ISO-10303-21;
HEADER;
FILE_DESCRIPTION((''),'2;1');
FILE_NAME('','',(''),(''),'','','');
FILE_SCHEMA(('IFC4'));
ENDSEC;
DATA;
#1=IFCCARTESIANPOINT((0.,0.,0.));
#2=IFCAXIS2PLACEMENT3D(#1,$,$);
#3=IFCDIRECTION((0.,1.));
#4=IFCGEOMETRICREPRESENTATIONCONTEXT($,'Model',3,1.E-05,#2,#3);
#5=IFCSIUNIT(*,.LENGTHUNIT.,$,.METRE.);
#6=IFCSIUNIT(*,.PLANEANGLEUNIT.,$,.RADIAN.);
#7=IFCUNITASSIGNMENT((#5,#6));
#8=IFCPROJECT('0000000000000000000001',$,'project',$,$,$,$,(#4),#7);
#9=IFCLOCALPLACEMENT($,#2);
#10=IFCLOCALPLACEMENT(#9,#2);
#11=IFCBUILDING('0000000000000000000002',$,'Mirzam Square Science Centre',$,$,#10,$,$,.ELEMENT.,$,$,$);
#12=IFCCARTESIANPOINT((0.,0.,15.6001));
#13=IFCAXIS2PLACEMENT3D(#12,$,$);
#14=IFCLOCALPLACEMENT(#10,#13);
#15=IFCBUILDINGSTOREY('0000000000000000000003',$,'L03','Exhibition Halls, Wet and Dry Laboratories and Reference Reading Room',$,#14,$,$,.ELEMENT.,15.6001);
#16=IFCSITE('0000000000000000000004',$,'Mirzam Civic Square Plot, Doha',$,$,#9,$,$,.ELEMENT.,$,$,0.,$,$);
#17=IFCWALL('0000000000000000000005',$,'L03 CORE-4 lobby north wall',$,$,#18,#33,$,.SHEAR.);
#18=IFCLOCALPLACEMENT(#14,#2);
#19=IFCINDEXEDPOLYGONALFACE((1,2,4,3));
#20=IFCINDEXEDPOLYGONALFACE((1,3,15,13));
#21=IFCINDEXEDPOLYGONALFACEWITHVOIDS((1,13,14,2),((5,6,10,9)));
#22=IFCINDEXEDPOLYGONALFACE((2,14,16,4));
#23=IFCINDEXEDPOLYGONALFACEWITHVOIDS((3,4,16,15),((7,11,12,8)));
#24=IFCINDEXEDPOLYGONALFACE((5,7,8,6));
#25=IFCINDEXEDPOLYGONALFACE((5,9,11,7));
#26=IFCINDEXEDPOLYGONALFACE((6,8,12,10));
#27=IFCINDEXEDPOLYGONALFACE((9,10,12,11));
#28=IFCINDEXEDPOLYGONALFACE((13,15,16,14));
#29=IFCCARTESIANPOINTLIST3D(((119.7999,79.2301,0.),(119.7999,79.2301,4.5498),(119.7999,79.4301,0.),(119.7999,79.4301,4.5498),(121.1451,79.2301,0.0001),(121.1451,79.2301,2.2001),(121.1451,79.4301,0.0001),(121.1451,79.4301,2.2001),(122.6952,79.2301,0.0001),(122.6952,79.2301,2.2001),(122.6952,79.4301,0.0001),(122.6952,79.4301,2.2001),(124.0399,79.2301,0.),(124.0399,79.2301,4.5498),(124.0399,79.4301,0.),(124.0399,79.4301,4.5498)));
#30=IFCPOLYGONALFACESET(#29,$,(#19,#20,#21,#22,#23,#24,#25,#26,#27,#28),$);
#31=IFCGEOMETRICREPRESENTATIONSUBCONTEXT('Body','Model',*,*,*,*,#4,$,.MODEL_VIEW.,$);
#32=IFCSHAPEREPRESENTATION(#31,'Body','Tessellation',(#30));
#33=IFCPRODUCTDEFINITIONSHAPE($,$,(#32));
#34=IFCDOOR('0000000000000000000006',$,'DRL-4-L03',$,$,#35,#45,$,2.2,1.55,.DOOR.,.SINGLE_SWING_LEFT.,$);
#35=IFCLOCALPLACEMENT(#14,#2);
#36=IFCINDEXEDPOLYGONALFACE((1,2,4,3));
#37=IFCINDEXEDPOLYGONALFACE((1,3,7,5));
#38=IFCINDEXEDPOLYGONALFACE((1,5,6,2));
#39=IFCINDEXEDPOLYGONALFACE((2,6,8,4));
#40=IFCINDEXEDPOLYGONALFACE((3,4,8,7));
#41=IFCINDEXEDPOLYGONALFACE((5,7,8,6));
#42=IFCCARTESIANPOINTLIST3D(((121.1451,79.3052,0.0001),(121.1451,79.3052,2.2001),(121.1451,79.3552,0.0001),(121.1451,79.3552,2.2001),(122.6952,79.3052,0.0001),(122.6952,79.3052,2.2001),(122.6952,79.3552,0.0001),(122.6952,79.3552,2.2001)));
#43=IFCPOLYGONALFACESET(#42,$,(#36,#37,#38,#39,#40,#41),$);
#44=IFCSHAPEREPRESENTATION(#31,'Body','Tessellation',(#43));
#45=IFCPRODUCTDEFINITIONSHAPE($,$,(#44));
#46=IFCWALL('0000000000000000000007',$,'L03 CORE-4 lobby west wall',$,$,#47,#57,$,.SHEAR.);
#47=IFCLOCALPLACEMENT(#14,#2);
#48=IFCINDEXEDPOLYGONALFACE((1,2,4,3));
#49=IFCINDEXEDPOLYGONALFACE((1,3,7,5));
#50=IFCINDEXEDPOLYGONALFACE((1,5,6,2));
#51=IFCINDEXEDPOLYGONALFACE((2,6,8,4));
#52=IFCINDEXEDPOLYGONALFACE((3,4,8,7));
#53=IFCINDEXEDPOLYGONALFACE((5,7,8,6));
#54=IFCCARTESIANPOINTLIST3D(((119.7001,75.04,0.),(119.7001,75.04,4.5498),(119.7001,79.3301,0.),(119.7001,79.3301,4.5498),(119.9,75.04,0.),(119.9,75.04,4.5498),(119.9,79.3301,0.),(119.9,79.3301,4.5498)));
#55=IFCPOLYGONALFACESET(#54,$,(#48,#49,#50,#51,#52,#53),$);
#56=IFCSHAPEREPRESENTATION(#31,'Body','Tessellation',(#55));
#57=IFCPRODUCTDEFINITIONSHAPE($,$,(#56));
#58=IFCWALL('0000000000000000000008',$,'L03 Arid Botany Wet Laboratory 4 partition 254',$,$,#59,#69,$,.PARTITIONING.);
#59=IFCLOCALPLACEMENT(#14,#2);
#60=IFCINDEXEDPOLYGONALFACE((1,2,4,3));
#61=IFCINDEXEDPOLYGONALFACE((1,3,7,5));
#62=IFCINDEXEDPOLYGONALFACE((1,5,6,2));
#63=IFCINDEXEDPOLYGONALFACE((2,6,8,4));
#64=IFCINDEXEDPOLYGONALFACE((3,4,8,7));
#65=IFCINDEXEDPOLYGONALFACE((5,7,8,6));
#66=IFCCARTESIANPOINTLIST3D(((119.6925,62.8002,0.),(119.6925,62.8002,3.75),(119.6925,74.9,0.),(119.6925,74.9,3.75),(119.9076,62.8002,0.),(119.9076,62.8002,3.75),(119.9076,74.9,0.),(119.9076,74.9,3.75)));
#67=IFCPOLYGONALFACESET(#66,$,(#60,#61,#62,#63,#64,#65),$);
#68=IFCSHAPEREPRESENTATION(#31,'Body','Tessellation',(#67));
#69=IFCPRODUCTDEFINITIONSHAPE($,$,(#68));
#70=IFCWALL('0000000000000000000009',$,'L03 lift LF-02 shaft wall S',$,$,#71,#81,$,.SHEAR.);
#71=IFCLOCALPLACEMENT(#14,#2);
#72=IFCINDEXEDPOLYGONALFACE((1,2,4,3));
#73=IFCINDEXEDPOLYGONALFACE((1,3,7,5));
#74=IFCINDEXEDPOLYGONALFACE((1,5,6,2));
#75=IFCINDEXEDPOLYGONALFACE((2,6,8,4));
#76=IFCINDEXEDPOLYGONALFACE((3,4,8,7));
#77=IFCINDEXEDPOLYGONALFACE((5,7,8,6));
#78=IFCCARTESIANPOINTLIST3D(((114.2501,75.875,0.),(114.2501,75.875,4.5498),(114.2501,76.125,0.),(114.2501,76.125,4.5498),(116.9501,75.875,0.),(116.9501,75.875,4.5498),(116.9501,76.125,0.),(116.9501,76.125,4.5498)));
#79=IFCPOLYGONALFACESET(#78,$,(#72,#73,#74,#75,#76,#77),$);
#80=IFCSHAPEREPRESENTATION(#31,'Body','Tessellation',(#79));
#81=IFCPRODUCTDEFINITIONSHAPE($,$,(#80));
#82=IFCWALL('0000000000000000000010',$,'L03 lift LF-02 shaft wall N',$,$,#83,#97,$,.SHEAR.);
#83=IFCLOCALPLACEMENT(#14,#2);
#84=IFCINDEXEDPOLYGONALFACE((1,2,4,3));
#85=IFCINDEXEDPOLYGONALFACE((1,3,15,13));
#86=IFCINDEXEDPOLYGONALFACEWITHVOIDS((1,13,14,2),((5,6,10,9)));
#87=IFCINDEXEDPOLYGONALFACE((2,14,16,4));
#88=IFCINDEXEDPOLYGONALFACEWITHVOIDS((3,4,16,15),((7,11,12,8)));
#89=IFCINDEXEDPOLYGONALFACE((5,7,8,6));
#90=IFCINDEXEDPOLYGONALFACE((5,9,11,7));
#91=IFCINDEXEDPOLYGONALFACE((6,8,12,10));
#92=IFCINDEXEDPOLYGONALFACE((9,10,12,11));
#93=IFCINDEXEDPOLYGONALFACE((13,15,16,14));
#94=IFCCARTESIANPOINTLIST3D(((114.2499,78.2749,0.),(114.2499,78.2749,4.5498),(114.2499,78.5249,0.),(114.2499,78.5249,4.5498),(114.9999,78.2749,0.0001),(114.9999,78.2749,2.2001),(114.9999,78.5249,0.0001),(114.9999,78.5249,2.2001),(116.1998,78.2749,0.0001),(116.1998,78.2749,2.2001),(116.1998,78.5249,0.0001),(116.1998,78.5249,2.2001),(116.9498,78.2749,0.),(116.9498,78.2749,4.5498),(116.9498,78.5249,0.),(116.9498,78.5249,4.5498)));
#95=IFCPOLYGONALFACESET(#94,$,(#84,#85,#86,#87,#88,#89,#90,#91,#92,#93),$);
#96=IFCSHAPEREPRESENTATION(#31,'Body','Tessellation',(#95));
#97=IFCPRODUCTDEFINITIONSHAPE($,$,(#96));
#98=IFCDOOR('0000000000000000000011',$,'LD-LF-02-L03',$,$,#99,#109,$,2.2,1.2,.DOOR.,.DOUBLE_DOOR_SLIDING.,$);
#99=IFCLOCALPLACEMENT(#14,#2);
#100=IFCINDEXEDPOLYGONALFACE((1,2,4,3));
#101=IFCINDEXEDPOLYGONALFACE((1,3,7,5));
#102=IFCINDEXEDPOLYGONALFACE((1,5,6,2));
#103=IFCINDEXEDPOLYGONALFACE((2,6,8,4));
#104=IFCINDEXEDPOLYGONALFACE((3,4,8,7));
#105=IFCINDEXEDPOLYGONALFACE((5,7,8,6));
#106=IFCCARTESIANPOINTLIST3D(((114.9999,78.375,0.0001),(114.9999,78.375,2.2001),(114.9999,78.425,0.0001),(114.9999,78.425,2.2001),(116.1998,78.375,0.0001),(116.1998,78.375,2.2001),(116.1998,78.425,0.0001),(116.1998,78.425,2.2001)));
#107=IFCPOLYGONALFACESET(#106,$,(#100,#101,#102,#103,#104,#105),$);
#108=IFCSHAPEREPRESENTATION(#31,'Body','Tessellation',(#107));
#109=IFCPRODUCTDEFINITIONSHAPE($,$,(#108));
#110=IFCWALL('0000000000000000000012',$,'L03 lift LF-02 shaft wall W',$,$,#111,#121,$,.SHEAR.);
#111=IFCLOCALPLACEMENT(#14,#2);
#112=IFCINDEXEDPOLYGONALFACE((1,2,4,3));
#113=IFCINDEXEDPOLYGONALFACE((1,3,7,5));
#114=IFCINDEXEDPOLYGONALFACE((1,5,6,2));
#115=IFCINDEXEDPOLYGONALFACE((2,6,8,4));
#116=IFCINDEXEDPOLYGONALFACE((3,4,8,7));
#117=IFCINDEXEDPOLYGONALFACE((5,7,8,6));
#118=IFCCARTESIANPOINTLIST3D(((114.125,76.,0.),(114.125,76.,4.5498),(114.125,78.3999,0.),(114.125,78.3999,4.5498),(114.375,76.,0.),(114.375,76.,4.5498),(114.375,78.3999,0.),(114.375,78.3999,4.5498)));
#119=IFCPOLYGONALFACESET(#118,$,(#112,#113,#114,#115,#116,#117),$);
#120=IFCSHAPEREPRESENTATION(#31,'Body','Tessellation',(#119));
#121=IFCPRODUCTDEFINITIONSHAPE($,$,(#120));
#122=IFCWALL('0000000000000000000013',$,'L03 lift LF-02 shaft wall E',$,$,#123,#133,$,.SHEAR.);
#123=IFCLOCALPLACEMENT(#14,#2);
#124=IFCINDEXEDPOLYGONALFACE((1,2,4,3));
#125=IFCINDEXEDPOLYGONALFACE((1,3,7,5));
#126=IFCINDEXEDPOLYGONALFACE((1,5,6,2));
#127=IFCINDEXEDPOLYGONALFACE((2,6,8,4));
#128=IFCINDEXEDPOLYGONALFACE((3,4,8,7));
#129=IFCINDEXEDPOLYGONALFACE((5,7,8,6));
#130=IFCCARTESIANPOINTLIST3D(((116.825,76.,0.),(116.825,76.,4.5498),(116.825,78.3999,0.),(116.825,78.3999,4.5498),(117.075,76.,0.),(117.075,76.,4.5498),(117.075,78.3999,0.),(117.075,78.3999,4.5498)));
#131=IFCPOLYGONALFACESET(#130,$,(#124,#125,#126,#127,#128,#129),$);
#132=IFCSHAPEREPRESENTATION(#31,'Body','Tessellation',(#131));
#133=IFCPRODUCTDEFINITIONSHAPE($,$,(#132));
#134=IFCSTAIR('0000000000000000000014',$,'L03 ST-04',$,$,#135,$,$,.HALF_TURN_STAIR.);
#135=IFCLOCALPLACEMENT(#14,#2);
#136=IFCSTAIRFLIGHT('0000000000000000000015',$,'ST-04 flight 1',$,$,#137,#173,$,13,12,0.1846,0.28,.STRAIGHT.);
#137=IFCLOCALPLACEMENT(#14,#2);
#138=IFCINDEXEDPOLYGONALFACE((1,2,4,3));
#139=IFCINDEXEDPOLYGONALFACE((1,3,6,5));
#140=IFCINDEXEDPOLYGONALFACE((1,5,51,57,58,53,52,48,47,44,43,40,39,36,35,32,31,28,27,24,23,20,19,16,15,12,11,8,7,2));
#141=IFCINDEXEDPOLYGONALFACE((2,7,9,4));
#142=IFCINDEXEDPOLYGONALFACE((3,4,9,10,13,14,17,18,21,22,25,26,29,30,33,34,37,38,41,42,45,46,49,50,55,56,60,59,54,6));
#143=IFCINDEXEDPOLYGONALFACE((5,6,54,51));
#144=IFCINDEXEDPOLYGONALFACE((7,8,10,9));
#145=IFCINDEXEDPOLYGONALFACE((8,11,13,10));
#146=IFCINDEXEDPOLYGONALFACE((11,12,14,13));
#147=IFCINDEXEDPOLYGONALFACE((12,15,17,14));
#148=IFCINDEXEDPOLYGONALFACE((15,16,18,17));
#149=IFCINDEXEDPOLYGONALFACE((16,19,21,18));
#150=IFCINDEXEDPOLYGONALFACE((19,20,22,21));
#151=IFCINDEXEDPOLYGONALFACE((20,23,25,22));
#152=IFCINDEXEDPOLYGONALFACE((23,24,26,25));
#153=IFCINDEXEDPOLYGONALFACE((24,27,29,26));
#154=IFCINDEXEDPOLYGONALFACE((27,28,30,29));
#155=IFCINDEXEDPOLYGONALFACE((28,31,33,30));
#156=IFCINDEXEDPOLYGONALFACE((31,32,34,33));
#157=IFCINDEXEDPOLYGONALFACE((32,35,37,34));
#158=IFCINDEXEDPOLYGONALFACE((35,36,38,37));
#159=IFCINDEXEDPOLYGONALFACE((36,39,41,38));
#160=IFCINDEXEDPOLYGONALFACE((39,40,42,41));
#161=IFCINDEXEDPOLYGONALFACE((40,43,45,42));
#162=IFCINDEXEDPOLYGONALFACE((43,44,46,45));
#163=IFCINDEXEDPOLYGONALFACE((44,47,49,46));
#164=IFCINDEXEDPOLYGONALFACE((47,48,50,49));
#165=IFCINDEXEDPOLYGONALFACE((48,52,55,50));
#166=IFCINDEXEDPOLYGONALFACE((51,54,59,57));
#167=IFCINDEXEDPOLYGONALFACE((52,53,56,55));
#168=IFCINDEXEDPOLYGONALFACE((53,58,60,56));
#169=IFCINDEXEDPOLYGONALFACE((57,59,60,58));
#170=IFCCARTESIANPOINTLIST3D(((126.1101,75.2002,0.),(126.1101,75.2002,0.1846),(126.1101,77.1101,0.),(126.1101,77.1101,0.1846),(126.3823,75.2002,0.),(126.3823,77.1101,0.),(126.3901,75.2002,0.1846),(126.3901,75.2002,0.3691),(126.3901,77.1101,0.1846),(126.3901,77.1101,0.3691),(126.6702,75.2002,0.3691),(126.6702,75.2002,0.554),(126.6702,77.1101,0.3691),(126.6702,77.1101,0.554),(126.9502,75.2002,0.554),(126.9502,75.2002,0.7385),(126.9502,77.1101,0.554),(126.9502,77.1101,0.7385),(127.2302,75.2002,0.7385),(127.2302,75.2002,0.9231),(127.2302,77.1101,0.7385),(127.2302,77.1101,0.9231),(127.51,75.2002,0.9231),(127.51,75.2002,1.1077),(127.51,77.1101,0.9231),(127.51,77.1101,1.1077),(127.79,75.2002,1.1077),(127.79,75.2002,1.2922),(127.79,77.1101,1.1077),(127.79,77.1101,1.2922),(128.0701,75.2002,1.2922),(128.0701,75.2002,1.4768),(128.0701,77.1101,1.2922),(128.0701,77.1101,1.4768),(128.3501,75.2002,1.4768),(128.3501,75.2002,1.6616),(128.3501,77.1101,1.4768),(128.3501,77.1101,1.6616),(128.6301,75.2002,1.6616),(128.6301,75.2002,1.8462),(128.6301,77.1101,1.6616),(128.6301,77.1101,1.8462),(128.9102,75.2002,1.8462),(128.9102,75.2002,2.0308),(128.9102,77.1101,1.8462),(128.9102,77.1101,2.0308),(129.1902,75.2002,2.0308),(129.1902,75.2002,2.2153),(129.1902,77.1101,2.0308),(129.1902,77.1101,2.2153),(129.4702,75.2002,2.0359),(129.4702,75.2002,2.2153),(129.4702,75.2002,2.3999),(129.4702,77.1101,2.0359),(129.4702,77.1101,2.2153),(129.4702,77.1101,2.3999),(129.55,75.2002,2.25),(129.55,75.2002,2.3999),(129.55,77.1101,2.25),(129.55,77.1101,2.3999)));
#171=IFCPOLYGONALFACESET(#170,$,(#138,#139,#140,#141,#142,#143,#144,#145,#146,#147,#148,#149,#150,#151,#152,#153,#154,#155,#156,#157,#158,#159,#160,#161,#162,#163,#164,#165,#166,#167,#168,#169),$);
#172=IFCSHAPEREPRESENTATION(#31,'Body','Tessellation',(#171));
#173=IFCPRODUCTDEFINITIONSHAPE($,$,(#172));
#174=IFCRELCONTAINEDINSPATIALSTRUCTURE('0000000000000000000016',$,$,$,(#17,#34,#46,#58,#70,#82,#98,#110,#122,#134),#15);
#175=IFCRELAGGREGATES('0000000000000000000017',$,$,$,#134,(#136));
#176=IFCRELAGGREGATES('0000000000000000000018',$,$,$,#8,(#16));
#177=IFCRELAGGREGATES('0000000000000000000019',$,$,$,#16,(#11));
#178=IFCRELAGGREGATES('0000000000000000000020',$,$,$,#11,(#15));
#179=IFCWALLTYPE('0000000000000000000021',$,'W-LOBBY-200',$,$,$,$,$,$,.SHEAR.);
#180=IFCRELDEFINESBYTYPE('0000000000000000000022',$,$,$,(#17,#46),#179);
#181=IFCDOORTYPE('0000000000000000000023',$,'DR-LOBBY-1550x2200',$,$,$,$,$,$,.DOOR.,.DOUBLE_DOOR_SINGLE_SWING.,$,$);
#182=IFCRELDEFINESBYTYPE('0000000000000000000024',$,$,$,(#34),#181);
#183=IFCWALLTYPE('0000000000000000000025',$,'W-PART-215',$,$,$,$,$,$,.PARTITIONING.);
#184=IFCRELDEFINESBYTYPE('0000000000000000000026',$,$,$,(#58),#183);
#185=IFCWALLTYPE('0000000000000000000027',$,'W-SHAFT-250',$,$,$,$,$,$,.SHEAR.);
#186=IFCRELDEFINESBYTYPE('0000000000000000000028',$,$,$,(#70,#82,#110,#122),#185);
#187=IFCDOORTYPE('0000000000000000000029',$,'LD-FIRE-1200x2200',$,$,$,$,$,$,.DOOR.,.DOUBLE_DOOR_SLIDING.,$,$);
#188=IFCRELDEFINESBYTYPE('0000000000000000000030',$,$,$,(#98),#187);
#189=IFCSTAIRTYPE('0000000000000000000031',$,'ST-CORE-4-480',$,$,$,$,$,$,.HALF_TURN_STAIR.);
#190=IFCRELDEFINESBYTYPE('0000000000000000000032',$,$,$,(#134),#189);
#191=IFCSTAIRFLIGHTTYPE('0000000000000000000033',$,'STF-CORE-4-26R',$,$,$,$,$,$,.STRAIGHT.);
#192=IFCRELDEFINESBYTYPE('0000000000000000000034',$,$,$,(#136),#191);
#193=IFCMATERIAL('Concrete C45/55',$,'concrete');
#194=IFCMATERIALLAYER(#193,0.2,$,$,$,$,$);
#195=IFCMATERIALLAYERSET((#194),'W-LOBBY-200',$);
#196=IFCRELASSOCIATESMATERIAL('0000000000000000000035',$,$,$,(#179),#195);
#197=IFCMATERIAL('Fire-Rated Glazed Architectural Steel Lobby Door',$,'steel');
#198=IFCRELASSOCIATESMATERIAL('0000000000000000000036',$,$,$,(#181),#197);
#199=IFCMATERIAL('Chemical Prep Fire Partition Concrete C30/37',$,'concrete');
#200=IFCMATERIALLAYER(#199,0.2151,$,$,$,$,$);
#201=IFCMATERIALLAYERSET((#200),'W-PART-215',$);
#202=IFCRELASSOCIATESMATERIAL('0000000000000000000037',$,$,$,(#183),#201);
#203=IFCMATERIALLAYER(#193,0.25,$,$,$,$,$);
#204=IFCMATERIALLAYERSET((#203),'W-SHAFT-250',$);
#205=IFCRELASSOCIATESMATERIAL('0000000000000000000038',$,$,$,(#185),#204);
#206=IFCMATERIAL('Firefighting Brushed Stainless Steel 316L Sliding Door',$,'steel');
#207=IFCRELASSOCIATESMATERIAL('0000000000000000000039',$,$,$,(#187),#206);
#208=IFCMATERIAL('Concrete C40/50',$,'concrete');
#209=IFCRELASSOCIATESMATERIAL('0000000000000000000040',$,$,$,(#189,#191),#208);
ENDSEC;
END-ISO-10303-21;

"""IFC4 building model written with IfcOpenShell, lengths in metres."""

from ifc_helpers import new_model, si_unit, direction, frame, frame_2d, origin, place, context, subcontext, project, spatial, polyline, rectangle, outline, extrude, material, layer, layer_set, type_object, element, fill, aggregate, save


model = new_model("IFC4")

# Units and contexts
model_context = context("Model", 3, precision=1e-05, world=origin(), true_north=direction((0.0, 1.0)))
body_context = subcontext(model_context, "Body", "Model", "MODEL_VIEW")
ifc_project = project(units=[si_unit("LENGTHUNIT", "METRE"), si_unit("PLANEANGLEUNIT", "RADIAN")], contexts=[model_context])

# Site, building, storey
site_placement = place(None, origin())
site = spatial("IfcSite", under=ifc_project, at=site_placement, Name="Mirzam Civic Square Plot, Doha", CompositionType="ELEMENT", RefElevation=0.0)
building_placement = place(site_placement, origin())
building = spatial("IfcBuilding", under=site, at=building_placement, Name="Mirzam Square Science Centre", CompositionType="ELEMENT")
storey_placement = place(building_placement, frame((0.0, 0.0, 15.6001)))
storey = spatial("IfcBuildingStorey", under=building, at=storey_placement, Name="L03", Description="Exhibition Halls, Wet and Dry Laboratories and Reference Reading Room", CompositionType="ELEMENT", Elevation=15.6001)

# Shared definitions
ifc_material_1 = material(Name="Concrete C45/55", Category="concrete")

# Shared definitions
ifc_layer_1 = layer(ifc_material_1, 0.2)
ifc_layer_set_1 = layer_set([ifc_layer_1], Name="W-LOBBY-200")
wall_type_1 = type_object("IfcWallType", Name="W-LOBBY-200", PredefinedType="SHEAR", material=ifc_layer_set_1)

# Wall, opening, door
wall_1_placement = place(storey_placement, frame((124.04, 79.3301, 0.0), z_axis=(0.0, 0.0, 1.0), x_axis=(-1.0, 0.0, 0.0)))
wall_1 = element("IfcWall", 1, at=wall_1_placement, inside=storey, type_object=wall_type_1, Name="L03 CORE-4 lobby north wall", PredefinedType="SHEAR", context=body_context, shape_type="SweptSolid", body=[
    extrude(rectangle(XDim=4.24, YDim=0.2, at=frame_2d((2.1201, 0.0))), origin(), (0.0, 0.0, 1.0), 4.5498),
])
opening_1_placement = place(wall_1_placement, frame((1.345, 0.0, 0.0)))
opening_1 = element("IfcOpeningElement", 2, at=opening_1_placement, cuts=wall_1, PredefinedType="OPENING", context=body_context, shape_type="SweptSolid", body=[
    extrude(rectangle(XDim=1.55, YDim=2.2, at=frame_2d((0.7749, 1.1001))), frame((0.0, 0.1099, 0.0), z_axis=(0.0, -1.0, 0.0), x_axis=(1.0, 0.0, 0.0)), (0.0, 0.0, 1.0), 0.22),
])
ifc_material_2 = material(Name="Fire-Rated Glazed Architectural Steel Lobby Door", Category="steel")
door_type_1 = type_object("IfcDoorType", Name="DR-LOBBY-1550x2200", OperationType="DOUBLE_DOOR_SINGLE_SWING", PredefinedType="DOOR", material=ifc_material_2)
door_1_placement = place(opening_1_placement, origin())
door_1 = element("IfcDoor", 3, at=door_1_placement, inside=storey, type_object=door_type_1, Name="DRL-4-L03", OperationType="SINGLE_SWING_LEFT", OverallHeight=2.2, OverallWidth=1.55, PredefinedType="DOOR", context=body_context, shape_type="SweptSolid", body=[
    extrude(rectangle(XDim=1.55, YDim=2.2, at=frame_2d((0.7749, 1.1001))), frame((0.0, 0.0249, 0.0), z_axis=(0.0, -1.0, 0.0), x_axis=(1.0, 0.0, 0.0)), (0.0, 0.0, 1.0), 0.05),
])
fill(opening_1, door_1)

# Walls
wall_2_placement = place(storey_placement, frame((119.8, 79.3301, 0.0), z_axis=(0.0, 0.0, 1.0), x_axis=(0.0, -1.0, 0.0)))
element("IfcWall", 4, at=wall_2_placement, inside=storey, type_object=wall_type_1, Name="L03 CORE-4 lobby west wall", PredefinedType="SHEAR", context=body_context, shape_type="SweptSolid", body=[
    extrude(rectangle(XDim=4.29, YDim=0.2, at=frame_2d((2.145, 0.0))), origin(), (0.0, 0.0, 1.0), 4.5498),
])
ifc_material_3 = material(Name="Chemical Prep Fire Partition Concrete C30/37", Category="concrete")
ifc_layer_2 = layer(ifc_material_3, 0.2151)
ifc_layer_set_2 = layer_set([ifc_layer_2], Name="W-PART-215")
wall_type_2 = type_object("IfcWallType", Name="W-PART-215", PredefinedType="PARTITIONING", material=ifc_layer_set_2)
wall_3_placement = place(storey_placement, frame((119.8, 74.8999, 0.0), z_axis=(0.0, 0.0, 1.0), x_axis=(0.0, -1.0, 0.0)))
element("IfcWall", 5, at=wall_3_placement, inside=storey, type_object=wall_type_2, Name="L03 Arid Botany Wet Laboratory 4 partition 254", PredefinedType="PARTITIONING", context=body_context, shape_type="SweptSolid", body=[
    extrude(rectangle(XDim=12.0999, YDim=0.2151, at=frame_2d((6.0498, 0.0))), origin(), (0.0, 0.0, 1.0), 3.75),
])
ifc_layer_3 = layer(ifc_material_1, 0.25)
ifc_layer_set_3 = layer_set([ifc_layer_3], Name="W-SHAFT-250")
wall_type_3 = type_object("IfcWallType", Name="W-SHAFT-250", PredefinedType="SHEAR", material=ifc_layer_set_3)
wall_4_placement = place(storey_placement, frame((114.25, 76.0, 0.0), z_axis=(0.0, 0.0, 1.0), x_axis=(1.0, 0.0, 0.0)))
element("IfcWall", 6, at=wall_4_placement, inside=storey, type_object=wall_type_3, Name="L03 lift LF-02 shaft wall S", PredefinedType="SHEAR", context=body_context, shape_type="SweptSolid", body=[
    extrude(rectangle(XDim=2.7, YDim=0.25, at=frame_2d((1.3501, 0.0))), origin(), (0.0, 0.0, 1.0), 4.5498),
])

# Wall, opening, door
wall_5_placement = place(storey_placement, frame((116.95, 78.3999, 0.0), z_axis=(0.0, 0.0, 1.0), x_axis=(-1.0, 0.0, 0.0)))
wall_5 = element("IfcWall", 7, at=wall_5_placement, inside=storey, type_object=wall_type_3, Name="L03 lift LF-02 shaft wall N", PredefinedType="SHEAR", context=body_context, shape_type="SweptSolid", body=[
    extrude(rectangle(XDim=2.7, YDim=0.25, at=frame_2d((1.3501, 0.0))), origin(), (0.0, 0.0, 1.0), 4.5498),
])
opening_2_placement = place(wall_5_placement, frame((0.75, 0.0, 0.0)))
opening_2 = element("IfcOpeningElement", 8, at=opening_2_placement, cuts=wall_5, PredefinedType="OPENING", context=body_context, shape_type="SweptSolid", body=[
    extrude(rectangle(XDim=1.2, YDim=2.2, at=frame_2d((0.6001, 1.1001))), frame((0.0, 0.135, 0.0), z_axis=(0.0, -1.0, 0.0), x_axis=(1.0, 0.0, 0.0)), (0.0, 0.0, 1.0), 0.27),
])
ifc_material_4 = material(Name="Firefighting Brushed Stainless Steel 316L Sliding Door", Category="steel")
door_type_2 = type_object("IfcDoorType", Name="LD-FIRE-1200x2200", OperationType="DOUBLE_DOOR_SLIDING", PredefinedType="DOOR", material=ifc_material_4)
door_2_placement = place(opening_2_placement, origin())
door_2 = element("IfcDoor", 9, at=door_2_placement, inside=storey, type_object=door_type_2, Name="LD-LF-02-L03", OperationType="DOUBLE_DOOR_SLIDING", OverallHeight=2.2, OverallWidth=1.2, PredefinedType="DOOR", context=body_context, shape_type="SweptSolid", body=[
    extrude(rectangle(XDim=1.2, YDim=2.2, at=frame_2d((0.6001, 1.1001))), frame((0.0, 0.0249, 0.0), z_axis=(0.0, -1.0, 0.0), x_axis=(1.0, 0.0, 0.0)), (0.0, 0.0, 1.0), 0.05),
])
fill(opening_2, door_2)

# Walls
for number, where, z_axis, x_axis, name in (
    (10, (114.25, 78.3999, 0.0), (0.0, 0.0, 1.0), (0.0, -1.0, 0.0), "L03 lift LF-02 shaft wall W"),
    (11, (116.95, 76.0, 0.0), (0.0, 0.0, 1.0), (0.0, 1.0, 0.0), "L03 lift LF-02 shaft wall E"),
):
    element("IfcWall", number, at=place(storey_placement, frame(where, z_axis=z_axis, x_axis=x_axis)), inside=storey, type_object=wall_type_3, Name=name, PredefinedType="SHEAR", context=body_context, shape_type="SweptSolid", body=[
        extrude(rectangle(XDim=2.3999, YDim=0.25, at=frame_2d((1.2, 0.0))), origin(), (0.0, 0.0, 1.0), 4.5498),
    ])

# Stair, stair flight
ifc_material_5 = material(Name="Concrete C40/50", Category="concrete")
stair_type = type_object("IfcStairType", Name="ST-CORE-4-480", PredefinedType="HALF_TURN_STAIR", material=ifc_material_5)
stair_placement = place(storey_placement, origin())
stair = element("IfcStair", 12, at=stair_placement, inside=storey, type_object=stair_type, Name="L03 ST-04", PredefinedType="HALF_TURN_STAIR")
stair_flight_type = type_object("IfcStairFlightType", Name="STF-CORE-4-26R", PredefinedType="STRAIGHT", material=ifc_material_5)
stair_flight_1_placement = place(storey_placement, frame((126.1101, 76.155, 0.0), z_axis=(0.0, 0.0, 1.0), x_axis=(1.0, 0.0, 0.0)))
stair_flight_1 = element("IfcStairFlight", 13, at=stair_flight_1_placement, type_object=stair_flight_type, Name="ST-04 flight 1", NumberOfRisers=13, NumberOfTreads=12, PredefinedType="STRAIGHT", RiserHeight=0.1846, TreadLength=0.28, context=body_context, shape_type="SweptSolid", body=[
    extrude(outline(polyline([(0.0, 0.0), (0.0, 0.1846), (0.28, 0.1846), (0.28, 0.3691), (0.5601, 0.3691), (0.5601, 0.554), (0.8401, 0.554), (0.8401, 0.7385), (1.1201, 0.7385), (1.1201, 0.9231), (1.3999, 0.9231), (1.3999, 1.1077), (1.6799, 1.1077), (1.6799, 1.2922), (1.96, 1.2922), (1.96, 1.4768), (2.24, 1.4768), (2.24, 1.6616), (2.52, 1.6616), (2.52, 1.8462), (2.8, 1.8462), (2.8, 2.0308), (3.0801, 2.0308), (3.0801, 2.2153), (3.3601, 2.2153), (3.3601, 2.3999), (3.4399, 2.3999), (3.4399, 2.25), (3.3601, 2.0359), (0.2722, 0.0), (0.0, 0.0)])), frame((0.0, 0.9551, 0.0), z_axis=(0.0, -1.0, 0.0), x_axis=(1.0, 0.0, 0.0)), (0.0, 0.0, 1.0), 1.9099),
])
aggregate(stair, [stair_flight_1])

save(model, "model.ifc")
